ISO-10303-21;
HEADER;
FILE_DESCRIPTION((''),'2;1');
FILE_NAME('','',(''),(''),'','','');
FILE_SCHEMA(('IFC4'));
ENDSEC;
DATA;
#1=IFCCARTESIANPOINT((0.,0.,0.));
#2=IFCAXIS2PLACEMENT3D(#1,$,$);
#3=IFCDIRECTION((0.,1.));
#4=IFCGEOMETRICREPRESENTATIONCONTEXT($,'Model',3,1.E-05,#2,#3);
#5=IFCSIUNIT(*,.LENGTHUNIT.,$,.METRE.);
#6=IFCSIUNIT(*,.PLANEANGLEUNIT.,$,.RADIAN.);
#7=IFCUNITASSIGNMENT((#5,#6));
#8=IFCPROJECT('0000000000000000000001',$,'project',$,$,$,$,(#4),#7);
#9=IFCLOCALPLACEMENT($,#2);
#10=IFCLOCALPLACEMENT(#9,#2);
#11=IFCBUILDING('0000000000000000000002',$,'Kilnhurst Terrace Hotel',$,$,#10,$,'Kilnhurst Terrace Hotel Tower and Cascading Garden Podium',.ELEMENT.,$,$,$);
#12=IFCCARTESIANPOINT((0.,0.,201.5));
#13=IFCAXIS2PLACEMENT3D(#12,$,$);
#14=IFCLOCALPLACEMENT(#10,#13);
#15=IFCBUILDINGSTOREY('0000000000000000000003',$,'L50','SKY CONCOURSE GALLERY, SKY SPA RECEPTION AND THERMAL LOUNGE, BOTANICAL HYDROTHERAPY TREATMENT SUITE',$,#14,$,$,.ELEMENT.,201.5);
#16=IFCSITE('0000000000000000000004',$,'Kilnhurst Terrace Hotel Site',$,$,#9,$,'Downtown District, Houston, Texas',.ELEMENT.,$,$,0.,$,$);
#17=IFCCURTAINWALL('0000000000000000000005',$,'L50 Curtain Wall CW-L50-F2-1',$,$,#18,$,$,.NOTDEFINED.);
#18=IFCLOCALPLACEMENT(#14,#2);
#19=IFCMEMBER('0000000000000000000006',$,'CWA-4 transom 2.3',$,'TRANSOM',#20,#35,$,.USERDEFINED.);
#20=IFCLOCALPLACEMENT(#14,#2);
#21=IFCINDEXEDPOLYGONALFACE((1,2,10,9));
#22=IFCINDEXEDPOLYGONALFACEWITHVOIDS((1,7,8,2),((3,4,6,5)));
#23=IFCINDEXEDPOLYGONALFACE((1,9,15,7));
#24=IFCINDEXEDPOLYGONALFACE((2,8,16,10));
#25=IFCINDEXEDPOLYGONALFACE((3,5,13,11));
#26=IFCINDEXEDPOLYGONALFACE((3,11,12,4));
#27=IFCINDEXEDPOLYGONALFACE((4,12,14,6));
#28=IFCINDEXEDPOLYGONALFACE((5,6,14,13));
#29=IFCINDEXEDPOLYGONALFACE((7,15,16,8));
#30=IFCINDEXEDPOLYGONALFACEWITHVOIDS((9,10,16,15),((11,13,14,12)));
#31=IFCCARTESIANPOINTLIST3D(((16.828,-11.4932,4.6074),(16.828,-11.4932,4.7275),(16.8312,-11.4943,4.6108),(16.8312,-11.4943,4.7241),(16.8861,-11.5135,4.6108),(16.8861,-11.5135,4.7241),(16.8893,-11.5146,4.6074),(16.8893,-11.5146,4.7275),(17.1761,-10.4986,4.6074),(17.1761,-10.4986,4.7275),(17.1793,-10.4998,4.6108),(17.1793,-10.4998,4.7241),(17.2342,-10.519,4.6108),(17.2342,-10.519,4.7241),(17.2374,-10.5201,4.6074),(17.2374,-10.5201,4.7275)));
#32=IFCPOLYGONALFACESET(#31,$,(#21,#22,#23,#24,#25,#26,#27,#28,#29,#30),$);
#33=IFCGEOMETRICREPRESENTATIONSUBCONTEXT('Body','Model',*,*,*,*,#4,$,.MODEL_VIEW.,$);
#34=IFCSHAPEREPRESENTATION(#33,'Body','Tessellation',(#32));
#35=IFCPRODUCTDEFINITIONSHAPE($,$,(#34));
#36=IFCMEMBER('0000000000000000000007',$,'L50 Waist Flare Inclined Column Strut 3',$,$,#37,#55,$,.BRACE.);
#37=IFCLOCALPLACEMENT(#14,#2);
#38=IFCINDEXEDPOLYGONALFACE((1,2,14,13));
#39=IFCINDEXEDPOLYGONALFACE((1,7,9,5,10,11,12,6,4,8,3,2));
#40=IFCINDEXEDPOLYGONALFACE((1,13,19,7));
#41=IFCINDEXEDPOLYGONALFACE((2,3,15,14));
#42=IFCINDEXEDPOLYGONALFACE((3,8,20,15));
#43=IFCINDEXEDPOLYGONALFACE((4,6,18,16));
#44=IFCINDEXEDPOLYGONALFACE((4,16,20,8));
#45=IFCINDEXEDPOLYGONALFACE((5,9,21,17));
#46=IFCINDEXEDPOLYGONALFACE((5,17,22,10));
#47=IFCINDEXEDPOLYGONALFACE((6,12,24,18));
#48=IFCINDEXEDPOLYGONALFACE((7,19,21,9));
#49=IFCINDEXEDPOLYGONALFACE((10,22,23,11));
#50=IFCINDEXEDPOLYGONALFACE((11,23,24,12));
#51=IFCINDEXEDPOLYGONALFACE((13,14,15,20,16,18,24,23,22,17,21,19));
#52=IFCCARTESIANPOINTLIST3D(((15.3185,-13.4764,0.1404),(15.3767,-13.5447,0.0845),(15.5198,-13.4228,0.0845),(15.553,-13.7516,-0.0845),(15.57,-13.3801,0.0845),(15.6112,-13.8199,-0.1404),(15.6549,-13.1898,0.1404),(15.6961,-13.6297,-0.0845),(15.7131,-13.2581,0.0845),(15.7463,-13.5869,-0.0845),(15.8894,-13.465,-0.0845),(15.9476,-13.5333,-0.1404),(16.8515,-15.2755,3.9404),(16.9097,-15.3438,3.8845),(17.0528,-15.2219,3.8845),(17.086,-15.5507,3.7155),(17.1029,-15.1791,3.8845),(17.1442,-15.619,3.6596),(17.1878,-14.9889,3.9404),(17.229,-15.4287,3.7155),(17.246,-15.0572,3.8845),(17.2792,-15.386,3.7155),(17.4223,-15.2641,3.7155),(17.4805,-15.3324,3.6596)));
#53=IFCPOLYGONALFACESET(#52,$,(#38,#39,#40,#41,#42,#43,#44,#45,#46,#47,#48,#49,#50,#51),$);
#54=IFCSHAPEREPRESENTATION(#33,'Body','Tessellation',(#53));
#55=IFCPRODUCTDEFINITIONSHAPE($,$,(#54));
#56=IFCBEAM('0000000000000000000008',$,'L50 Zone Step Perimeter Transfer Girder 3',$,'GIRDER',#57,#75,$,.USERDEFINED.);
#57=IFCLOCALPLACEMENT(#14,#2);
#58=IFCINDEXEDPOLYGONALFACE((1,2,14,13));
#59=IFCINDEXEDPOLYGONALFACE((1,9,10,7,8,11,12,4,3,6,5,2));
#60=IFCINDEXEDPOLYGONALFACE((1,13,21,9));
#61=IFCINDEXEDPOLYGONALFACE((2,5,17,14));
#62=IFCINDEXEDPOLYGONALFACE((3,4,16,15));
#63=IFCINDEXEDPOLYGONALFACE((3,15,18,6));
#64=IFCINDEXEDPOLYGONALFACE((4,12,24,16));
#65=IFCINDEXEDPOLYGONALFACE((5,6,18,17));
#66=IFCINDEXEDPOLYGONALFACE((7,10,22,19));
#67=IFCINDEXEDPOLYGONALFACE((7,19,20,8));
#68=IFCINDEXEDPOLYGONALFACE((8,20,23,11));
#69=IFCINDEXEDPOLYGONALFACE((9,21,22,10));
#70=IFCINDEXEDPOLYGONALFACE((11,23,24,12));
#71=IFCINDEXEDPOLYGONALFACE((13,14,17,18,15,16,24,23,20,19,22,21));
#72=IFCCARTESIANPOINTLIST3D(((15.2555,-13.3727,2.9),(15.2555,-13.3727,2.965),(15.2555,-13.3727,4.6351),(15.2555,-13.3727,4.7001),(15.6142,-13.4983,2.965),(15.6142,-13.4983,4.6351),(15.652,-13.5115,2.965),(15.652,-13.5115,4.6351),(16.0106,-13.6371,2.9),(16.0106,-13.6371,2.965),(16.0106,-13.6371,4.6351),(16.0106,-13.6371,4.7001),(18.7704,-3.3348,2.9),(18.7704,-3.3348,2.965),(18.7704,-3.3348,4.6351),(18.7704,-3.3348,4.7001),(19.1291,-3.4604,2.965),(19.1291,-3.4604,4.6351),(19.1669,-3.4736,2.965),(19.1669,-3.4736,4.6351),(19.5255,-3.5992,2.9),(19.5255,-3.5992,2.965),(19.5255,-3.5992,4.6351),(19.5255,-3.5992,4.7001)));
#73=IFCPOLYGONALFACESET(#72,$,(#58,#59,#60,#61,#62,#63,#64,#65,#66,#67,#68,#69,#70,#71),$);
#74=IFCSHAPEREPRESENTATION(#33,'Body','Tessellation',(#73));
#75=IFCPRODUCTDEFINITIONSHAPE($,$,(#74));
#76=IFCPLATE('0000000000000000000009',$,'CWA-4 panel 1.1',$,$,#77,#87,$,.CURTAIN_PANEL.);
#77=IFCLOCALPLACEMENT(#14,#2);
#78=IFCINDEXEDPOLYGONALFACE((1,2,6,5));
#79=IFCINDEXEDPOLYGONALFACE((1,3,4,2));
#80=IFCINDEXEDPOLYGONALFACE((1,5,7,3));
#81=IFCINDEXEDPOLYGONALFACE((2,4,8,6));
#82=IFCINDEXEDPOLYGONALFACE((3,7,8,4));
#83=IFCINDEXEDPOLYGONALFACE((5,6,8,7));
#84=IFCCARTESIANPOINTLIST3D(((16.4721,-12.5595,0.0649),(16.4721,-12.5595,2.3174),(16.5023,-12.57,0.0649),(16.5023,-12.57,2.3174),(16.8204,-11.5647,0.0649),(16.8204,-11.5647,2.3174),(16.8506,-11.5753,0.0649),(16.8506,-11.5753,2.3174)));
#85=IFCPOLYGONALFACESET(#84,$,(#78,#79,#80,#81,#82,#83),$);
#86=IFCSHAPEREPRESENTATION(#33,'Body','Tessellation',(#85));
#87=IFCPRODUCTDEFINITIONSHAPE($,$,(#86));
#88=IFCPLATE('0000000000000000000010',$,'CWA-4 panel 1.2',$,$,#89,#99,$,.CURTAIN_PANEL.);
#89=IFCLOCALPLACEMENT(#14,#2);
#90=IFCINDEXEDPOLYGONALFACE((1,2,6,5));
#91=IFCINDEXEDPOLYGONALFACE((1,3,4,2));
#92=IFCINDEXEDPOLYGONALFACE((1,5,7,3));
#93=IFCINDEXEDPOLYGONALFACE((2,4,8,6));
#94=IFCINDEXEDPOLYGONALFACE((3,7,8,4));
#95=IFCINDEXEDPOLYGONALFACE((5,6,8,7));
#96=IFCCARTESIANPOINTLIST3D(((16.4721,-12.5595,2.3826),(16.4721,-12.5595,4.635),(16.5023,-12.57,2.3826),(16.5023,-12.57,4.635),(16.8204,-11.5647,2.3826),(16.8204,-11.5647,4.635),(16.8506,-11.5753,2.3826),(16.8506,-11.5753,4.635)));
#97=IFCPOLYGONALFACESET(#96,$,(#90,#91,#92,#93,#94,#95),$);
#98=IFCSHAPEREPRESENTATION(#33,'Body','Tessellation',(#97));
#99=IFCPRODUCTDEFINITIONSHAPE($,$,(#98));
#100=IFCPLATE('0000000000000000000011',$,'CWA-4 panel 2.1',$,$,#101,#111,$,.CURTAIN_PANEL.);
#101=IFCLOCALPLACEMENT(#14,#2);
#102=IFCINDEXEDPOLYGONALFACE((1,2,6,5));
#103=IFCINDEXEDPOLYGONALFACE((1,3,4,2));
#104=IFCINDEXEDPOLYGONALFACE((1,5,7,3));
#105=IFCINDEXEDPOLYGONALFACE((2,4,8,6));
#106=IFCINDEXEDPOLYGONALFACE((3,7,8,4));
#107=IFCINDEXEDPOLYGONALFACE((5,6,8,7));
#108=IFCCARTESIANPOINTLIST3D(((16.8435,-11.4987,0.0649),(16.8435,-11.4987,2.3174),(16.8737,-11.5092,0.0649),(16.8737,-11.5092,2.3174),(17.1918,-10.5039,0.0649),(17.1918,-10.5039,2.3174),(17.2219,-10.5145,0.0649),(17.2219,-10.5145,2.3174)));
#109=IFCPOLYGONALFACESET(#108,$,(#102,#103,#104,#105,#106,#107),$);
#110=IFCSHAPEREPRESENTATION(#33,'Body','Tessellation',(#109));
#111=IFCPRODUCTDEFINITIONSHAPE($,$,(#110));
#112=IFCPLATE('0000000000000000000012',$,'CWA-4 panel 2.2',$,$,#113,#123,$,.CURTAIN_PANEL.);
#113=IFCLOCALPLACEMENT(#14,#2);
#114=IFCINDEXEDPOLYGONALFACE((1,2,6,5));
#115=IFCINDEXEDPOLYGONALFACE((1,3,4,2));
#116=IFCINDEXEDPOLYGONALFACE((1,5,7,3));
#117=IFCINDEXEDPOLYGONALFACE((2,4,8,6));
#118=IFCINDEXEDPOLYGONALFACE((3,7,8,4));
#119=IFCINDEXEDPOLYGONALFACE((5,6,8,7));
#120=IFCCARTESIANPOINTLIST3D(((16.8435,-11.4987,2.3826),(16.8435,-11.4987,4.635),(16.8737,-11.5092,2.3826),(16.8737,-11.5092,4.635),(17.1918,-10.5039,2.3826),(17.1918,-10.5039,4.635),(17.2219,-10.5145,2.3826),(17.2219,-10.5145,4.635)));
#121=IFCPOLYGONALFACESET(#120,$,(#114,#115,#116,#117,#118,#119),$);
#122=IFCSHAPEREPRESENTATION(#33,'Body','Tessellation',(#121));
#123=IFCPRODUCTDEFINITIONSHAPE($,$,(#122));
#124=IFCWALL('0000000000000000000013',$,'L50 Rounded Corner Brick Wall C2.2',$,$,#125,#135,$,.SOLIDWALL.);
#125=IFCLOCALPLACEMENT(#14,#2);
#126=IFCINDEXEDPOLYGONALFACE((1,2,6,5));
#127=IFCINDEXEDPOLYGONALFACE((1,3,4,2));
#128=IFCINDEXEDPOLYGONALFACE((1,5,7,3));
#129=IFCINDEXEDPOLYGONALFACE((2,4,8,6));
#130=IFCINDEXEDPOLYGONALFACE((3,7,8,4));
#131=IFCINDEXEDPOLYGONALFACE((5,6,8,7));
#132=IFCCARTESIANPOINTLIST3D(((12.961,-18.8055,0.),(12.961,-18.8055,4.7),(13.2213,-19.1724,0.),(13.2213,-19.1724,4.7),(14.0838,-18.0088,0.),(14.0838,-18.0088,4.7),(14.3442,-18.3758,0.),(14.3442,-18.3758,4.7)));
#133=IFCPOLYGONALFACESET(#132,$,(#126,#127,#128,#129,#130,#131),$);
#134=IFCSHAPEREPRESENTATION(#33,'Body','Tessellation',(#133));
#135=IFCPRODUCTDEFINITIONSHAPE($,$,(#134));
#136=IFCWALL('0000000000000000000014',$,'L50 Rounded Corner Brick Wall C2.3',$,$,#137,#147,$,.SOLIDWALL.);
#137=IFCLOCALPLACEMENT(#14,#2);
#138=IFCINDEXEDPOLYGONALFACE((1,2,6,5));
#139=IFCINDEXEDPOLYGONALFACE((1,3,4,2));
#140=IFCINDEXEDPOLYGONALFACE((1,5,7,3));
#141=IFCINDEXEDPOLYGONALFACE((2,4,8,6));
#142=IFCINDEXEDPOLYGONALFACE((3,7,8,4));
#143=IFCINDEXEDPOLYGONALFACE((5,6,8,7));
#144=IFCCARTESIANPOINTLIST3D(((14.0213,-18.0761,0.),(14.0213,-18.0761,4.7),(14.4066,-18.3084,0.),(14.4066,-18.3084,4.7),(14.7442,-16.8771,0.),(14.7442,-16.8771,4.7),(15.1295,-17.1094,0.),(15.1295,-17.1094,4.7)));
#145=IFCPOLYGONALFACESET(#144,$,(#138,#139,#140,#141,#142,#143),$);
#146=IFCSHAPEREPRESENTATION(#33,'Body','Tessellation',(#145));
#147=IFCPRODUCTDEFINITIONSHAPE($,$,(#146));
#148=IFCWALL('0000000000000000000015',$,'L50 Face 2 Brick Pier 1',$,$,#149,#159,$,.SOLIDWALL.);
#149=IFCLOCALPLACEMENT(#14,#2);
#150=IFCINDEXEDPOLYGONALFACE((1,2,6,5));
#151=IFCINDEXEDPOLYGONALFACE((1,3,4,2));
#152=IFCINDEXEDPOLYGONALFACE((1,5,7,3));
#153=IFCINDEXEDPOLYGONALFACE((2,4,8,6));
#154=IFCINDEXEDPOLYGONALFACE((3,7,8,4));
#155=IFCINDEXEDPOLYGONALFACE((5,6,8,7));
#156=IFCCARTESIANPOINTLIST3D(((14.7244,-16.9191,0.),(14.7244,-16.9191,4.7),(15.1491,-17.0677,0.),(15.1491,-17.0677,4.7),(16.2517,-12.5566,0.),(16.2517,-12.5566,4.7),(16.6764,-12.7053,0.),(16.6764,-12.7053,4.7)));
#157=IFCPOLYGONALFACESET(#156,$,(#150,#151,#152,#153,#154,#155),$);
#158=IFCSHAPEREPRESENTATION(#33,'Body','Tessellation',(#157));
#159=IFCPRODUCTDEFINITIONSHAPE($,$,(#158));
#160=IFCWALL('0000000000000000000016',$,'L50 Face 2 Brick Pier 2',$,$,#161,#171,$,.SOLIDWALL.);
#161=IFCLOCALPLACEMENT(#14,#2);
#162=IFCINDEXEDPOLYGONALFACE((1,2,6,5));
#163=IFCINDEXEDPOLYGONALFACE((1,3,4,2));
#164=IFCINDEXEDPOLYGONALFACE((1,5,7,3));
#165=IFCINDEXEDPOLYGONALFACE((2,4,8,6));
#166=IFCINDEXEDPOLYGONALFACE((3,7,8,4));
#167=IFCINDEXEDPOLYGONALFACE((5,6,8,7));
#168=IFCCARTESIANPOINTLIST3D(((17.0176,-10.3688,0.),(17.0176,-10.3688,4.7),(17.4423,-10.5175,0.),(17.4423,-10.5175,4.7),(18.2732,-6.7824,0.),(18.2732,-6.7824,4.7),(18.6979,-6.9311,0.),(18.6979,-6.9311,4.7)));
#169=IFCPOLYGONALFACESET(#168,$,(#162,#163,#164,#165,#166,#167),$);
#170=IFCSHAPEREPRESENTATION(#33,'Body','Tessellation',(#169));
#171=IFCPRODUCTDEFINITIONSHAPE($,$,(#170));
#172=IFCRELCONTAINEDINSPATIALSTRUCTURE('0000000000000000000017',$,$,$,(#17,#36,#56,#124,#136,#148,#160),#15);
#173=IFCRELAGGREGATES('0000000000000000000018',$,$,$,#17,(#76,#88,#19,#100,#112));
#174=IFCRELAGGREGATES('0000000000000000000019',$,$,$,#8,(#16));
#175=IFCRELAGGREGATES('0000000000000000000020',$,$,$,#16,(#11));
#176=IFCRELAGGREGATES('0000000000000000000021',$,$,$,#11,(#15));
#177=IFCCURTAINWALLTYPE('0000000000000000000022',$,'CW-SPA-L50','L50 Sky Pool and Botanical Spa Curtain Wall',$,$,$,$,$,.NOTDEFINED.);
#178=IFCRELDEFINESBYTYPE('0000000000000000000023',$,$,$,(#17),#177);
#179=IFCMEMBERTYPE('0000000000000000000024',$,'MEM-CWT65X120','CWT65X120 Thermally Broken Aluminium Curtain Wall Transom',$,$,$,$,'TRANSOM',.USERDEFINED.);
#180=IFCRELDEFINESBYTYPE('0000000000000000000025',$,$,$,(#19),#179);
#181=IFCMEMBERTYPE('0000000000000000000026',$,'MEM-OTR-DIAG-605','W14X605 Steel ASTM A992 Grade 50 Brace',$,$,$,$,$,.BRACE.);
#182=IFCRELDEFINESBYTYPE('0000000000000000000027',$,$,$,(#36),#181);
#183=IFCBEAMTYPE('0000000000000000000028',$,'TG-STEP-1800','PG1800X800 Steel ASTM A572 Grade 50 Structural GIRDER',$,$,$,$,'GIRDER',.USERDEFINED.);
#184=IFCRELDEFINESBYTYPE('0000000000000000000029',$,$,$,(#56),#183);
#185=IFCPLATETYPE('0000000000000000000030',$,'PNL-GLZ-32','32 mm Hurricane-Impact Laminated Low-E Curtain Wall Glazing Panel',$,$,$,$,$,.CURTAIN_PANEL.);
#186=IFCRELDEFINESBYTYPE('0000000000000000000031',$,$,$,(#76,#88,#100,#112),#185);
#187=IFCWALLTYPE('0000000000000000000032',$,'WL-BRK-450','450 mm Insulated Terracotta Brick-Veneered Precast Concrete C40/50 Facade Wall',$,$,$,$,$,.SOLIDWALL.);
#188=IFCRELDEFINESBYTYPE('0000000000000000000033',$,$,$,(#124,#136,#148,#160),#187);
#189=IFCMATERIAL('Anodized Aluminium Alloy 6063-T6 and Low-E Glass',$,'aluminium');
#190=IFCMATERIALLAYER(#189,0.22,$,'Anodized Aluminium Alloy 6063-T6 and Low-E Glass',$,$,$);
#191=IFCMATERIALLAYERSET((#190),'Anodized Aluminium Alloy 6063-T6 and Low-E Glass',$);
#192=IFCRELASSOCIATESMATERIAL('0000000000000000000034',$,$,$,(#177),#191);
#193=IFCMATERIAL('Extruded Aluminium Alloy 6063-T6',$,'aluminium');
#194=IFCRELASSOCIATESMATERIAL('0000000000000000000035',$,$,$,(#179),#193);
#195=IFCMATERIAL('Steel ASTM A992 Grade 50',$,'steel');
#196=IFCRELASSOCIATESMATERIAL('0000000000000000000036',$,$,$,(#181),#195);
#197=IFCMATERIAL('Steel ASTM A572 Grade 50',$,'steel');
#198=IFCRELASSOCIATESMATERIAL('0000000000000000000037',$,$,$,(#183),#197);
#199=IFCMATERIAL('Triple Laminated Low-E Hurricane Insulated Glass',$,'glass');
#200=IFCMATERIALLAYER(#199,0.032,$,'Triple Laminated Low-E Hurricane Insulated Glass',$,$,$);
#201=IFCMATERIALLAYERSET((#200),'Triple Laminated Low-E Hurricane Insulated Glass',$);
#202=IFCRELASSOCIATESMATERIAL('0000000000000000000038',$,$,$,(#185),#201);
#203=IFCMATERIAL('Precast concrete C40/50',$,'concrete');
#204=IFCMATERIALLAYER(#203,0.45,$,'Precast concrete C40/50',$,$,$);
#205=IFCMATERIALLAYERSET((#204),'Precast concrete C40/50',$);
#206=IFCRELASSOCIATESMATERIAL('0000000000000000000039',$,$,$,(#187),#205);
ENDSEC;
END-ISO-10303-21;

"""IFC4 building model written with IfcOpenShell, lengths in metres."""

from ifc_helpers import new_model, si_unit, direction, frame, frame_2d, origin, origin_2d, place, context, subcontext, project, spatial, rectangle, hollow_rectangle, i_section, extrude, material, layer, layer_set, material_profile, profile_set, type_object, element, aggregate, save


model = new_model("IFC4")

# Units and contexts
model_context = context("Model", 3, precision=1e-05, world=origin(), true_north=direction((0.0, 1.0)))
body_context = subcontext(model_context, "Body", "Model", "MODEL_VIEW")
ifc_project = project(units=[si_unit("LENGTHUNIT", "METRE"), si_unit("PLANEANGLEUNIT", "RADIAN")], contexts=[model_context])

# Site, building, storey
site_placement = place(None, origin())
site = spatial("IfcSite", under=ifc_project, at=site_placement, Name="Kilnhurst Terrace Hotel Site", LongName="Downtown District, Houston, Texas", CompositionType="ELEMENT", RefElevation=0.0)
building_placement = place(site_placement, origin())
building = spatial("IfcBuilding", under=site, at=building_placement, Name="Kilnhurst Terrace Hotel", LongName="Kilnhurst Terrace Hotel Tower and Cascading Garden Podium", CompositionType="ELEMENT")
storey_placement = place(building_placement, frame((0.0, 0.0, 201.5)))
storey = spatial("IfcBuildingStorey", under=building, at=storey_placement, Name="L50", Description="SKY CONCOURSE GALLERY, SKY SPA RECEPTION AND THERMAL LOUNGE, BOTANICAL HYDROTHERAPY TREATMENT SUITE", CompositionType="ELEMENT", Elevation=201.5)

# Shared definitions
ifc_material_1 = material(Name="Steel ASTM A992 Grade 50", Category="steel")

# Curtain wall, member
ifc_material_2 = material(Name="Anodized Aluminium Alloy 6063-T6 and Low-E Glass", Category="aluminium")
ifc_layer_1 = layer(ifc_material_2, 0.22, Name="Anodized Aluminium Alloy 6063-T6 and Low-E Glass")
ifc_layer_set_1 = layer_set([ifc_layer_1], Name="Anodized Aluminium Alloy 6063-T6 and Low-E Glass")
curtain_wall_type = type_object("IfcCurtainWallType", Name="CW-SPA-L50", Description="L50 Sky Pool and Botanical Spa Curtain Wall", PredefinedType="NOTDEFINED", material=ifc_layer_set_1)
curtain_wall_placement = place(storey_placement, origin())
curtain_wall = element("IfcCurtainWall", 1, at=curtain_wall_placement, inside=storey, type_object=curtain_wall_type, Name="L50 Curtain Wall CW-L50-F2-1", PredefinedType="NOTDEFINED")
ifc_material_3 = material(Name="Extruded Aluminium Alloy 6063-T6", Category="aluminium")
ifc_material_profile_1 = material_profile(ifc_material_3, hollow_rectangle(XDim=0.0649, YDim=0.1201, WallThickness=0.0034, at=origin_2d()), Name="CWT65X120")
ifc_profile_set_1 = profile_set([ifc_material_profile_1], Name="Extruded Aluminium Alloy 6063-T6")
member_type_1 = type_object("IfcMemberType", Name="MEM-CWT65X120", Description="CWT65X120 Thermally Broken Aluminium Curtain Wall Transom", ElementType="TRANSOM", PredefinedType="USERDEFINED", material=ifc_profile_set_1)
member_1_placement = place(storey_placement, frame((16.8586, -11.5039, 4.6675), z_axis=(0.330371, 0.943851, 0.0), x_axis=(-0.943851, 0.330371, 0.0)))
member_1 = element("IfcMember", 2, at=member_1_placement, type_object=member_type_1, Name="CWA-4 transom 2.3", ObjectType="TRANSOM", PredefinedType="USERDEFINED", context=body_context, shape_type="SweptSolid", body=[
    extrude(hollow_rectangle(XDim=0.0649, YDim=0.1201, WallThickness=0.0034, at=origin_2d()), origin(), (0.0, 0.0, 1.0), 1.0537),
])

# Member
ifc_material_profile_2 = material_profile(ifc_material_1, i_section(OverallWidth=0.4419, OverallDepth=0.5315, WebThickness=0.0659, FlangeThickness=0.1057, at=origin_2d()), Name="W14X605")
ifc_profile_set_2 = profile_set([ifc_material_profile_2], Name="Steel ASTM A992 Grade 50")
member_type_2 = type_object("IfcMemberType", Name="MEM-OTR-DIAG-605", Description="W14X605 Steel ASTM A992 Grade 50 Brace", PredefinedType="BRACE", material=ifc_profile_set_2)
member_2_placement = place(storey_placement, frame((15.6331, -13.5049, 0.0), z_axis=(0.342549, -0.402014, 0.849144), x_axis=(0.761156, 0.648568, 0.0)))
element("IfcMember", 3, at=member_2_placement, inside=storey, type_object=member_type_2, Name="L50 Waist Flare Inclined Column Strut 3", PredefinedType="BRACE", context=body_context, shape_type="SweptSolid", body=[
    extrude(i_section(OverallWidth=0.4419, OverallDepth=0.5315, WebThickness=0.0659, FlangeThickness=0.1057, at=origin_2d()), origin(), (0.0, 0.0, 1.0), 4.4751),
])

# Beam
ifc_material_4 = material(Name="Steel ASTM A572 Grade 50", Category="steel")
ifc_material_profile_3 = material_profile(ifc_material_4, i_section(OverallWidth=0.8, OverallDepth=1.8, WebThickness=0.04, FlangeThickness=0.0649, at=origin_2d()), Name="PG1800X800")
ifc_profile_set_3 = profile_set([ifc_material_profile_3], Name="Steel ASTM A572 Grade 50")
beam_type_1 = type_object("IfcBeamType", Name="TG-STEP-1800", Description="PG1800X800 Steel ASTM A572 Grade 50 Structural GIRDER", ElementType="GIRDER", PredefinedType="USERDEFINED", material=ifc_profile_set_3)
beam_1_placement = place(storey_placement, frame((15.6331, -13.5049, 3.8), z_axis=(0.330488, 0.94381, 0.0), x_axis=(-0.94381, 0.330488, 0.0)))
element("IfcBeam", 4, at=beam_1_placement, inside=storey, type_object=beam_type_1, Name="L50 Zone Step Perimeter Transfer Girder 3", ObjectType="GIRDER", PredefinedType="USERDEFINED", context=body_context, shape_type="SweptSolid", body=[
    extrude(i_section(OverallWidth=0.8, OverallDepth=1.8, WebThickness=0.04, FlangeThickness=0.0649, at=origin_2d()), origin(), (0.0, 0.0, 1.0), 10.6355),
])

# Plates
ifc_material_5 = material(Name="Triple Laminated Low-E Hurricane Insulated Glass", Category="glass")
ifc_layer_2 = layer(ifc_material_5, 0.032, Name="Triple Laminated Low-E Hurricane Insulated Glass")
ifc_layer_set_2 = layer_set([ifc_layer_2], Name="Triple Laminated Low-E Hurricane Insulated Glass")
plate_type = type_object("IfcPlateType", Name="PNL-GLZ-32", Description="32 mm Hurricane-Impact Laminated Low-E Curtain Wall Glazing Panel", PredefinedType="CURTAIN_PANEL", material=ifc_layer_set_2)
plate_1_placement = place(storey_placement, frame((16.6614, -12.0674, 0.0649), z_axis=(0.0, 0.0, 1.0), x_axis=(0.330454, 0.943822, 0.0)))
plate_1 = element("IfcPlate", 5, at=plate_1_placement, type_object=plate_type, Name="CWA-4 panel 1.1", PredefinedType="CURTAIN_PANEL", context=body_context, shape_type="SweptSolid", body=[
    extrude(rectangle(XDim=1.054, YDim=0.032, at=origin_2d()), origin(), (0.0, 0.0, 1.0), 2.2524),
])
plate_2_placement = place(storey_placement, frame((16.6614, -12.0674, 2.3826), z_axis=(0.0, 0.0, 1.0), x_axis=(0.330454, 0.943822, 0.0)))
plate_2 = element("IfcPlate", 6, at=plate_2_placement, type_object=plate_type, Name="CWA-4 panel 1.2", PredefinedType="CURTAIN_PANEL", context=body_context, shape_type="SweptSolid", body=[
    extrude(rectangle(XDim=1.054, YDim=0.032, at=origin_2d()), origin(), (0.0, 0.0, 1.0), 2.2524),
])
plate_3_placement = place(storey_placement, frame((17.0327, -11.0066, 0.0649), z_axis=(0.0, 0.0, 1.0), x_axis=(0.330454, 0.943822, 0.0)))
plate_3 = element("IfcPlate", 7, at=plate_3_placement, type_object=plate_type, Name="CWA-4 panel 2.1", PredefinedType="CURTAIN_PANEL", context=body_context, shape_type="SweptSolid", body=[
    extrude(rectangle(XDim=1.054, YDim=0.032, at=origin_2d()), origin(), (0.0, 0.0, 1.0), 2.2524),
])
plate_4_placement = place(storey_placement, frame((17.0327, -11.0066, 2.3826), z_axis=(0.0, 0.0, 1.0), x_axis=(0.330454, 0.943822, 0.0)))
plate_4 = element("IfcPlate", 8, at=plate_4_placement, type_object=plate_type, Name="CWA-4 panel 2.2", PredefinedType="CURTAIN_PANEL", context=body_context, shape_type="SweptSolid", body=[
    extrude(rectangle(XDim=1.054, YDim=0.032, at=origin_2d()), origin(), (0.0, 0.0, 1.0), 2.2524),
])
aggregate(curtain_wall, [plate_1, plate_2, member_1, plate_3, plate_4])

# Walls
ifc_material_6 = material(Name="Precast concrete C40/50", Category="concrete")
ifc_layer_3 = layer(ifc_material_6, 0.45, Name="Precast concrete C40/50")
ifc_layer_set_3 = layer_set([ifc_layer_3], Name="Precast concrete C40/50")
wall_type = type_object("IfcWallType", Name="WL-BRK-450", Description="450 mm Insulated Terracotta Brick-Veneered Precast Concrete C40/50 Facade Wall", PredefinedType="SOLIDWALL", material=ifc_layer_set_3)
wall_1_placement = place(storey_placement, frame((13.0911, -18.989, 0.0), z_axis=(0.0, 0.0, 1.0), x_axis=(0.815575, 0.578652, 0.0)))
element("IfcWall", 9, at=wall_1_placement, inside=storey, type_object=wall_type, Name="L50 Rounded Corner Brick Wall C2.2", PredefinedType="SOLIDWALL", context=body_context, shape_type="SweptSolid", body=[
    extrude(rectangle(XDim=1.3767, YDim=0.45, at=frame_2d((0.6885, 0.0))), origin(), (0.0, 0.0, 1.0), 4.7),
])
wall_2_placement = place(storey_placement, frame((14.2139, -18.1924, 0.0), z_axis=(0.0, 0.0, 1.0), x_axis=(0.516341, 0.856383, 0.0)))
element("IfcWall", 10, at=wall_2_placement, inside=storey, type_object=wall_type, Name="L50 Rounded Corner Brick Wall C2.3", PredefinedType="SOLIDWALL", context=body_context, shape_type="SweptSolid", body=[
    extrude(rectangle(XDim=1.4001, YDim=0.45, at=frame_2d((0.7002, 0.0))), origin(), (0.0, 0.0, 1.0), 4.7),
])
wall_3_placement = place(storey_placement, frame((14.9368, -16.9934, 0.0), z_axis=(0.0, 0.0, 1.0), x_axis=(0.330437, 0.943828, 0.0)))
element("IfcWall", 11, at=wall_3_placement, inside=storey, type_object=wall_type, Name="L50 Face 2 Brick Pier 1", PredefinedType="SOLIDWALL", context=body_context, shape_type="SweptSolid", body=[
    extrude(rectangle(XDim=4.6221, YDim=0.45, at=frame_2d((2.311, 0.0))), origin(), (0.0, 0.0, 1.0), 4.7),
])
wall_4_placement = place(storey_placement, frame((17.23, -10.4431, 0.0), z_axis=(0.0, 0.0, 1.0), x_axis=(0.330436, 0.943828, 0.0)))
element("IfcWall", 12, at=wall_4_placement, inside=storey, type_object=wall_type, Name="L50 Face 2 Brick Pier 2", PredefinedType="SOLIDWALL", context=body_context, shape_type="SweptSolid", body=[
    extrude(rectangle(XDim=3.7998, YDim=0.45, at=frame_2d((1.8999, 0.0))), origin(), (0.0, 0.0, 1.0), 4.7),
])

save(model, "model.ifc")
